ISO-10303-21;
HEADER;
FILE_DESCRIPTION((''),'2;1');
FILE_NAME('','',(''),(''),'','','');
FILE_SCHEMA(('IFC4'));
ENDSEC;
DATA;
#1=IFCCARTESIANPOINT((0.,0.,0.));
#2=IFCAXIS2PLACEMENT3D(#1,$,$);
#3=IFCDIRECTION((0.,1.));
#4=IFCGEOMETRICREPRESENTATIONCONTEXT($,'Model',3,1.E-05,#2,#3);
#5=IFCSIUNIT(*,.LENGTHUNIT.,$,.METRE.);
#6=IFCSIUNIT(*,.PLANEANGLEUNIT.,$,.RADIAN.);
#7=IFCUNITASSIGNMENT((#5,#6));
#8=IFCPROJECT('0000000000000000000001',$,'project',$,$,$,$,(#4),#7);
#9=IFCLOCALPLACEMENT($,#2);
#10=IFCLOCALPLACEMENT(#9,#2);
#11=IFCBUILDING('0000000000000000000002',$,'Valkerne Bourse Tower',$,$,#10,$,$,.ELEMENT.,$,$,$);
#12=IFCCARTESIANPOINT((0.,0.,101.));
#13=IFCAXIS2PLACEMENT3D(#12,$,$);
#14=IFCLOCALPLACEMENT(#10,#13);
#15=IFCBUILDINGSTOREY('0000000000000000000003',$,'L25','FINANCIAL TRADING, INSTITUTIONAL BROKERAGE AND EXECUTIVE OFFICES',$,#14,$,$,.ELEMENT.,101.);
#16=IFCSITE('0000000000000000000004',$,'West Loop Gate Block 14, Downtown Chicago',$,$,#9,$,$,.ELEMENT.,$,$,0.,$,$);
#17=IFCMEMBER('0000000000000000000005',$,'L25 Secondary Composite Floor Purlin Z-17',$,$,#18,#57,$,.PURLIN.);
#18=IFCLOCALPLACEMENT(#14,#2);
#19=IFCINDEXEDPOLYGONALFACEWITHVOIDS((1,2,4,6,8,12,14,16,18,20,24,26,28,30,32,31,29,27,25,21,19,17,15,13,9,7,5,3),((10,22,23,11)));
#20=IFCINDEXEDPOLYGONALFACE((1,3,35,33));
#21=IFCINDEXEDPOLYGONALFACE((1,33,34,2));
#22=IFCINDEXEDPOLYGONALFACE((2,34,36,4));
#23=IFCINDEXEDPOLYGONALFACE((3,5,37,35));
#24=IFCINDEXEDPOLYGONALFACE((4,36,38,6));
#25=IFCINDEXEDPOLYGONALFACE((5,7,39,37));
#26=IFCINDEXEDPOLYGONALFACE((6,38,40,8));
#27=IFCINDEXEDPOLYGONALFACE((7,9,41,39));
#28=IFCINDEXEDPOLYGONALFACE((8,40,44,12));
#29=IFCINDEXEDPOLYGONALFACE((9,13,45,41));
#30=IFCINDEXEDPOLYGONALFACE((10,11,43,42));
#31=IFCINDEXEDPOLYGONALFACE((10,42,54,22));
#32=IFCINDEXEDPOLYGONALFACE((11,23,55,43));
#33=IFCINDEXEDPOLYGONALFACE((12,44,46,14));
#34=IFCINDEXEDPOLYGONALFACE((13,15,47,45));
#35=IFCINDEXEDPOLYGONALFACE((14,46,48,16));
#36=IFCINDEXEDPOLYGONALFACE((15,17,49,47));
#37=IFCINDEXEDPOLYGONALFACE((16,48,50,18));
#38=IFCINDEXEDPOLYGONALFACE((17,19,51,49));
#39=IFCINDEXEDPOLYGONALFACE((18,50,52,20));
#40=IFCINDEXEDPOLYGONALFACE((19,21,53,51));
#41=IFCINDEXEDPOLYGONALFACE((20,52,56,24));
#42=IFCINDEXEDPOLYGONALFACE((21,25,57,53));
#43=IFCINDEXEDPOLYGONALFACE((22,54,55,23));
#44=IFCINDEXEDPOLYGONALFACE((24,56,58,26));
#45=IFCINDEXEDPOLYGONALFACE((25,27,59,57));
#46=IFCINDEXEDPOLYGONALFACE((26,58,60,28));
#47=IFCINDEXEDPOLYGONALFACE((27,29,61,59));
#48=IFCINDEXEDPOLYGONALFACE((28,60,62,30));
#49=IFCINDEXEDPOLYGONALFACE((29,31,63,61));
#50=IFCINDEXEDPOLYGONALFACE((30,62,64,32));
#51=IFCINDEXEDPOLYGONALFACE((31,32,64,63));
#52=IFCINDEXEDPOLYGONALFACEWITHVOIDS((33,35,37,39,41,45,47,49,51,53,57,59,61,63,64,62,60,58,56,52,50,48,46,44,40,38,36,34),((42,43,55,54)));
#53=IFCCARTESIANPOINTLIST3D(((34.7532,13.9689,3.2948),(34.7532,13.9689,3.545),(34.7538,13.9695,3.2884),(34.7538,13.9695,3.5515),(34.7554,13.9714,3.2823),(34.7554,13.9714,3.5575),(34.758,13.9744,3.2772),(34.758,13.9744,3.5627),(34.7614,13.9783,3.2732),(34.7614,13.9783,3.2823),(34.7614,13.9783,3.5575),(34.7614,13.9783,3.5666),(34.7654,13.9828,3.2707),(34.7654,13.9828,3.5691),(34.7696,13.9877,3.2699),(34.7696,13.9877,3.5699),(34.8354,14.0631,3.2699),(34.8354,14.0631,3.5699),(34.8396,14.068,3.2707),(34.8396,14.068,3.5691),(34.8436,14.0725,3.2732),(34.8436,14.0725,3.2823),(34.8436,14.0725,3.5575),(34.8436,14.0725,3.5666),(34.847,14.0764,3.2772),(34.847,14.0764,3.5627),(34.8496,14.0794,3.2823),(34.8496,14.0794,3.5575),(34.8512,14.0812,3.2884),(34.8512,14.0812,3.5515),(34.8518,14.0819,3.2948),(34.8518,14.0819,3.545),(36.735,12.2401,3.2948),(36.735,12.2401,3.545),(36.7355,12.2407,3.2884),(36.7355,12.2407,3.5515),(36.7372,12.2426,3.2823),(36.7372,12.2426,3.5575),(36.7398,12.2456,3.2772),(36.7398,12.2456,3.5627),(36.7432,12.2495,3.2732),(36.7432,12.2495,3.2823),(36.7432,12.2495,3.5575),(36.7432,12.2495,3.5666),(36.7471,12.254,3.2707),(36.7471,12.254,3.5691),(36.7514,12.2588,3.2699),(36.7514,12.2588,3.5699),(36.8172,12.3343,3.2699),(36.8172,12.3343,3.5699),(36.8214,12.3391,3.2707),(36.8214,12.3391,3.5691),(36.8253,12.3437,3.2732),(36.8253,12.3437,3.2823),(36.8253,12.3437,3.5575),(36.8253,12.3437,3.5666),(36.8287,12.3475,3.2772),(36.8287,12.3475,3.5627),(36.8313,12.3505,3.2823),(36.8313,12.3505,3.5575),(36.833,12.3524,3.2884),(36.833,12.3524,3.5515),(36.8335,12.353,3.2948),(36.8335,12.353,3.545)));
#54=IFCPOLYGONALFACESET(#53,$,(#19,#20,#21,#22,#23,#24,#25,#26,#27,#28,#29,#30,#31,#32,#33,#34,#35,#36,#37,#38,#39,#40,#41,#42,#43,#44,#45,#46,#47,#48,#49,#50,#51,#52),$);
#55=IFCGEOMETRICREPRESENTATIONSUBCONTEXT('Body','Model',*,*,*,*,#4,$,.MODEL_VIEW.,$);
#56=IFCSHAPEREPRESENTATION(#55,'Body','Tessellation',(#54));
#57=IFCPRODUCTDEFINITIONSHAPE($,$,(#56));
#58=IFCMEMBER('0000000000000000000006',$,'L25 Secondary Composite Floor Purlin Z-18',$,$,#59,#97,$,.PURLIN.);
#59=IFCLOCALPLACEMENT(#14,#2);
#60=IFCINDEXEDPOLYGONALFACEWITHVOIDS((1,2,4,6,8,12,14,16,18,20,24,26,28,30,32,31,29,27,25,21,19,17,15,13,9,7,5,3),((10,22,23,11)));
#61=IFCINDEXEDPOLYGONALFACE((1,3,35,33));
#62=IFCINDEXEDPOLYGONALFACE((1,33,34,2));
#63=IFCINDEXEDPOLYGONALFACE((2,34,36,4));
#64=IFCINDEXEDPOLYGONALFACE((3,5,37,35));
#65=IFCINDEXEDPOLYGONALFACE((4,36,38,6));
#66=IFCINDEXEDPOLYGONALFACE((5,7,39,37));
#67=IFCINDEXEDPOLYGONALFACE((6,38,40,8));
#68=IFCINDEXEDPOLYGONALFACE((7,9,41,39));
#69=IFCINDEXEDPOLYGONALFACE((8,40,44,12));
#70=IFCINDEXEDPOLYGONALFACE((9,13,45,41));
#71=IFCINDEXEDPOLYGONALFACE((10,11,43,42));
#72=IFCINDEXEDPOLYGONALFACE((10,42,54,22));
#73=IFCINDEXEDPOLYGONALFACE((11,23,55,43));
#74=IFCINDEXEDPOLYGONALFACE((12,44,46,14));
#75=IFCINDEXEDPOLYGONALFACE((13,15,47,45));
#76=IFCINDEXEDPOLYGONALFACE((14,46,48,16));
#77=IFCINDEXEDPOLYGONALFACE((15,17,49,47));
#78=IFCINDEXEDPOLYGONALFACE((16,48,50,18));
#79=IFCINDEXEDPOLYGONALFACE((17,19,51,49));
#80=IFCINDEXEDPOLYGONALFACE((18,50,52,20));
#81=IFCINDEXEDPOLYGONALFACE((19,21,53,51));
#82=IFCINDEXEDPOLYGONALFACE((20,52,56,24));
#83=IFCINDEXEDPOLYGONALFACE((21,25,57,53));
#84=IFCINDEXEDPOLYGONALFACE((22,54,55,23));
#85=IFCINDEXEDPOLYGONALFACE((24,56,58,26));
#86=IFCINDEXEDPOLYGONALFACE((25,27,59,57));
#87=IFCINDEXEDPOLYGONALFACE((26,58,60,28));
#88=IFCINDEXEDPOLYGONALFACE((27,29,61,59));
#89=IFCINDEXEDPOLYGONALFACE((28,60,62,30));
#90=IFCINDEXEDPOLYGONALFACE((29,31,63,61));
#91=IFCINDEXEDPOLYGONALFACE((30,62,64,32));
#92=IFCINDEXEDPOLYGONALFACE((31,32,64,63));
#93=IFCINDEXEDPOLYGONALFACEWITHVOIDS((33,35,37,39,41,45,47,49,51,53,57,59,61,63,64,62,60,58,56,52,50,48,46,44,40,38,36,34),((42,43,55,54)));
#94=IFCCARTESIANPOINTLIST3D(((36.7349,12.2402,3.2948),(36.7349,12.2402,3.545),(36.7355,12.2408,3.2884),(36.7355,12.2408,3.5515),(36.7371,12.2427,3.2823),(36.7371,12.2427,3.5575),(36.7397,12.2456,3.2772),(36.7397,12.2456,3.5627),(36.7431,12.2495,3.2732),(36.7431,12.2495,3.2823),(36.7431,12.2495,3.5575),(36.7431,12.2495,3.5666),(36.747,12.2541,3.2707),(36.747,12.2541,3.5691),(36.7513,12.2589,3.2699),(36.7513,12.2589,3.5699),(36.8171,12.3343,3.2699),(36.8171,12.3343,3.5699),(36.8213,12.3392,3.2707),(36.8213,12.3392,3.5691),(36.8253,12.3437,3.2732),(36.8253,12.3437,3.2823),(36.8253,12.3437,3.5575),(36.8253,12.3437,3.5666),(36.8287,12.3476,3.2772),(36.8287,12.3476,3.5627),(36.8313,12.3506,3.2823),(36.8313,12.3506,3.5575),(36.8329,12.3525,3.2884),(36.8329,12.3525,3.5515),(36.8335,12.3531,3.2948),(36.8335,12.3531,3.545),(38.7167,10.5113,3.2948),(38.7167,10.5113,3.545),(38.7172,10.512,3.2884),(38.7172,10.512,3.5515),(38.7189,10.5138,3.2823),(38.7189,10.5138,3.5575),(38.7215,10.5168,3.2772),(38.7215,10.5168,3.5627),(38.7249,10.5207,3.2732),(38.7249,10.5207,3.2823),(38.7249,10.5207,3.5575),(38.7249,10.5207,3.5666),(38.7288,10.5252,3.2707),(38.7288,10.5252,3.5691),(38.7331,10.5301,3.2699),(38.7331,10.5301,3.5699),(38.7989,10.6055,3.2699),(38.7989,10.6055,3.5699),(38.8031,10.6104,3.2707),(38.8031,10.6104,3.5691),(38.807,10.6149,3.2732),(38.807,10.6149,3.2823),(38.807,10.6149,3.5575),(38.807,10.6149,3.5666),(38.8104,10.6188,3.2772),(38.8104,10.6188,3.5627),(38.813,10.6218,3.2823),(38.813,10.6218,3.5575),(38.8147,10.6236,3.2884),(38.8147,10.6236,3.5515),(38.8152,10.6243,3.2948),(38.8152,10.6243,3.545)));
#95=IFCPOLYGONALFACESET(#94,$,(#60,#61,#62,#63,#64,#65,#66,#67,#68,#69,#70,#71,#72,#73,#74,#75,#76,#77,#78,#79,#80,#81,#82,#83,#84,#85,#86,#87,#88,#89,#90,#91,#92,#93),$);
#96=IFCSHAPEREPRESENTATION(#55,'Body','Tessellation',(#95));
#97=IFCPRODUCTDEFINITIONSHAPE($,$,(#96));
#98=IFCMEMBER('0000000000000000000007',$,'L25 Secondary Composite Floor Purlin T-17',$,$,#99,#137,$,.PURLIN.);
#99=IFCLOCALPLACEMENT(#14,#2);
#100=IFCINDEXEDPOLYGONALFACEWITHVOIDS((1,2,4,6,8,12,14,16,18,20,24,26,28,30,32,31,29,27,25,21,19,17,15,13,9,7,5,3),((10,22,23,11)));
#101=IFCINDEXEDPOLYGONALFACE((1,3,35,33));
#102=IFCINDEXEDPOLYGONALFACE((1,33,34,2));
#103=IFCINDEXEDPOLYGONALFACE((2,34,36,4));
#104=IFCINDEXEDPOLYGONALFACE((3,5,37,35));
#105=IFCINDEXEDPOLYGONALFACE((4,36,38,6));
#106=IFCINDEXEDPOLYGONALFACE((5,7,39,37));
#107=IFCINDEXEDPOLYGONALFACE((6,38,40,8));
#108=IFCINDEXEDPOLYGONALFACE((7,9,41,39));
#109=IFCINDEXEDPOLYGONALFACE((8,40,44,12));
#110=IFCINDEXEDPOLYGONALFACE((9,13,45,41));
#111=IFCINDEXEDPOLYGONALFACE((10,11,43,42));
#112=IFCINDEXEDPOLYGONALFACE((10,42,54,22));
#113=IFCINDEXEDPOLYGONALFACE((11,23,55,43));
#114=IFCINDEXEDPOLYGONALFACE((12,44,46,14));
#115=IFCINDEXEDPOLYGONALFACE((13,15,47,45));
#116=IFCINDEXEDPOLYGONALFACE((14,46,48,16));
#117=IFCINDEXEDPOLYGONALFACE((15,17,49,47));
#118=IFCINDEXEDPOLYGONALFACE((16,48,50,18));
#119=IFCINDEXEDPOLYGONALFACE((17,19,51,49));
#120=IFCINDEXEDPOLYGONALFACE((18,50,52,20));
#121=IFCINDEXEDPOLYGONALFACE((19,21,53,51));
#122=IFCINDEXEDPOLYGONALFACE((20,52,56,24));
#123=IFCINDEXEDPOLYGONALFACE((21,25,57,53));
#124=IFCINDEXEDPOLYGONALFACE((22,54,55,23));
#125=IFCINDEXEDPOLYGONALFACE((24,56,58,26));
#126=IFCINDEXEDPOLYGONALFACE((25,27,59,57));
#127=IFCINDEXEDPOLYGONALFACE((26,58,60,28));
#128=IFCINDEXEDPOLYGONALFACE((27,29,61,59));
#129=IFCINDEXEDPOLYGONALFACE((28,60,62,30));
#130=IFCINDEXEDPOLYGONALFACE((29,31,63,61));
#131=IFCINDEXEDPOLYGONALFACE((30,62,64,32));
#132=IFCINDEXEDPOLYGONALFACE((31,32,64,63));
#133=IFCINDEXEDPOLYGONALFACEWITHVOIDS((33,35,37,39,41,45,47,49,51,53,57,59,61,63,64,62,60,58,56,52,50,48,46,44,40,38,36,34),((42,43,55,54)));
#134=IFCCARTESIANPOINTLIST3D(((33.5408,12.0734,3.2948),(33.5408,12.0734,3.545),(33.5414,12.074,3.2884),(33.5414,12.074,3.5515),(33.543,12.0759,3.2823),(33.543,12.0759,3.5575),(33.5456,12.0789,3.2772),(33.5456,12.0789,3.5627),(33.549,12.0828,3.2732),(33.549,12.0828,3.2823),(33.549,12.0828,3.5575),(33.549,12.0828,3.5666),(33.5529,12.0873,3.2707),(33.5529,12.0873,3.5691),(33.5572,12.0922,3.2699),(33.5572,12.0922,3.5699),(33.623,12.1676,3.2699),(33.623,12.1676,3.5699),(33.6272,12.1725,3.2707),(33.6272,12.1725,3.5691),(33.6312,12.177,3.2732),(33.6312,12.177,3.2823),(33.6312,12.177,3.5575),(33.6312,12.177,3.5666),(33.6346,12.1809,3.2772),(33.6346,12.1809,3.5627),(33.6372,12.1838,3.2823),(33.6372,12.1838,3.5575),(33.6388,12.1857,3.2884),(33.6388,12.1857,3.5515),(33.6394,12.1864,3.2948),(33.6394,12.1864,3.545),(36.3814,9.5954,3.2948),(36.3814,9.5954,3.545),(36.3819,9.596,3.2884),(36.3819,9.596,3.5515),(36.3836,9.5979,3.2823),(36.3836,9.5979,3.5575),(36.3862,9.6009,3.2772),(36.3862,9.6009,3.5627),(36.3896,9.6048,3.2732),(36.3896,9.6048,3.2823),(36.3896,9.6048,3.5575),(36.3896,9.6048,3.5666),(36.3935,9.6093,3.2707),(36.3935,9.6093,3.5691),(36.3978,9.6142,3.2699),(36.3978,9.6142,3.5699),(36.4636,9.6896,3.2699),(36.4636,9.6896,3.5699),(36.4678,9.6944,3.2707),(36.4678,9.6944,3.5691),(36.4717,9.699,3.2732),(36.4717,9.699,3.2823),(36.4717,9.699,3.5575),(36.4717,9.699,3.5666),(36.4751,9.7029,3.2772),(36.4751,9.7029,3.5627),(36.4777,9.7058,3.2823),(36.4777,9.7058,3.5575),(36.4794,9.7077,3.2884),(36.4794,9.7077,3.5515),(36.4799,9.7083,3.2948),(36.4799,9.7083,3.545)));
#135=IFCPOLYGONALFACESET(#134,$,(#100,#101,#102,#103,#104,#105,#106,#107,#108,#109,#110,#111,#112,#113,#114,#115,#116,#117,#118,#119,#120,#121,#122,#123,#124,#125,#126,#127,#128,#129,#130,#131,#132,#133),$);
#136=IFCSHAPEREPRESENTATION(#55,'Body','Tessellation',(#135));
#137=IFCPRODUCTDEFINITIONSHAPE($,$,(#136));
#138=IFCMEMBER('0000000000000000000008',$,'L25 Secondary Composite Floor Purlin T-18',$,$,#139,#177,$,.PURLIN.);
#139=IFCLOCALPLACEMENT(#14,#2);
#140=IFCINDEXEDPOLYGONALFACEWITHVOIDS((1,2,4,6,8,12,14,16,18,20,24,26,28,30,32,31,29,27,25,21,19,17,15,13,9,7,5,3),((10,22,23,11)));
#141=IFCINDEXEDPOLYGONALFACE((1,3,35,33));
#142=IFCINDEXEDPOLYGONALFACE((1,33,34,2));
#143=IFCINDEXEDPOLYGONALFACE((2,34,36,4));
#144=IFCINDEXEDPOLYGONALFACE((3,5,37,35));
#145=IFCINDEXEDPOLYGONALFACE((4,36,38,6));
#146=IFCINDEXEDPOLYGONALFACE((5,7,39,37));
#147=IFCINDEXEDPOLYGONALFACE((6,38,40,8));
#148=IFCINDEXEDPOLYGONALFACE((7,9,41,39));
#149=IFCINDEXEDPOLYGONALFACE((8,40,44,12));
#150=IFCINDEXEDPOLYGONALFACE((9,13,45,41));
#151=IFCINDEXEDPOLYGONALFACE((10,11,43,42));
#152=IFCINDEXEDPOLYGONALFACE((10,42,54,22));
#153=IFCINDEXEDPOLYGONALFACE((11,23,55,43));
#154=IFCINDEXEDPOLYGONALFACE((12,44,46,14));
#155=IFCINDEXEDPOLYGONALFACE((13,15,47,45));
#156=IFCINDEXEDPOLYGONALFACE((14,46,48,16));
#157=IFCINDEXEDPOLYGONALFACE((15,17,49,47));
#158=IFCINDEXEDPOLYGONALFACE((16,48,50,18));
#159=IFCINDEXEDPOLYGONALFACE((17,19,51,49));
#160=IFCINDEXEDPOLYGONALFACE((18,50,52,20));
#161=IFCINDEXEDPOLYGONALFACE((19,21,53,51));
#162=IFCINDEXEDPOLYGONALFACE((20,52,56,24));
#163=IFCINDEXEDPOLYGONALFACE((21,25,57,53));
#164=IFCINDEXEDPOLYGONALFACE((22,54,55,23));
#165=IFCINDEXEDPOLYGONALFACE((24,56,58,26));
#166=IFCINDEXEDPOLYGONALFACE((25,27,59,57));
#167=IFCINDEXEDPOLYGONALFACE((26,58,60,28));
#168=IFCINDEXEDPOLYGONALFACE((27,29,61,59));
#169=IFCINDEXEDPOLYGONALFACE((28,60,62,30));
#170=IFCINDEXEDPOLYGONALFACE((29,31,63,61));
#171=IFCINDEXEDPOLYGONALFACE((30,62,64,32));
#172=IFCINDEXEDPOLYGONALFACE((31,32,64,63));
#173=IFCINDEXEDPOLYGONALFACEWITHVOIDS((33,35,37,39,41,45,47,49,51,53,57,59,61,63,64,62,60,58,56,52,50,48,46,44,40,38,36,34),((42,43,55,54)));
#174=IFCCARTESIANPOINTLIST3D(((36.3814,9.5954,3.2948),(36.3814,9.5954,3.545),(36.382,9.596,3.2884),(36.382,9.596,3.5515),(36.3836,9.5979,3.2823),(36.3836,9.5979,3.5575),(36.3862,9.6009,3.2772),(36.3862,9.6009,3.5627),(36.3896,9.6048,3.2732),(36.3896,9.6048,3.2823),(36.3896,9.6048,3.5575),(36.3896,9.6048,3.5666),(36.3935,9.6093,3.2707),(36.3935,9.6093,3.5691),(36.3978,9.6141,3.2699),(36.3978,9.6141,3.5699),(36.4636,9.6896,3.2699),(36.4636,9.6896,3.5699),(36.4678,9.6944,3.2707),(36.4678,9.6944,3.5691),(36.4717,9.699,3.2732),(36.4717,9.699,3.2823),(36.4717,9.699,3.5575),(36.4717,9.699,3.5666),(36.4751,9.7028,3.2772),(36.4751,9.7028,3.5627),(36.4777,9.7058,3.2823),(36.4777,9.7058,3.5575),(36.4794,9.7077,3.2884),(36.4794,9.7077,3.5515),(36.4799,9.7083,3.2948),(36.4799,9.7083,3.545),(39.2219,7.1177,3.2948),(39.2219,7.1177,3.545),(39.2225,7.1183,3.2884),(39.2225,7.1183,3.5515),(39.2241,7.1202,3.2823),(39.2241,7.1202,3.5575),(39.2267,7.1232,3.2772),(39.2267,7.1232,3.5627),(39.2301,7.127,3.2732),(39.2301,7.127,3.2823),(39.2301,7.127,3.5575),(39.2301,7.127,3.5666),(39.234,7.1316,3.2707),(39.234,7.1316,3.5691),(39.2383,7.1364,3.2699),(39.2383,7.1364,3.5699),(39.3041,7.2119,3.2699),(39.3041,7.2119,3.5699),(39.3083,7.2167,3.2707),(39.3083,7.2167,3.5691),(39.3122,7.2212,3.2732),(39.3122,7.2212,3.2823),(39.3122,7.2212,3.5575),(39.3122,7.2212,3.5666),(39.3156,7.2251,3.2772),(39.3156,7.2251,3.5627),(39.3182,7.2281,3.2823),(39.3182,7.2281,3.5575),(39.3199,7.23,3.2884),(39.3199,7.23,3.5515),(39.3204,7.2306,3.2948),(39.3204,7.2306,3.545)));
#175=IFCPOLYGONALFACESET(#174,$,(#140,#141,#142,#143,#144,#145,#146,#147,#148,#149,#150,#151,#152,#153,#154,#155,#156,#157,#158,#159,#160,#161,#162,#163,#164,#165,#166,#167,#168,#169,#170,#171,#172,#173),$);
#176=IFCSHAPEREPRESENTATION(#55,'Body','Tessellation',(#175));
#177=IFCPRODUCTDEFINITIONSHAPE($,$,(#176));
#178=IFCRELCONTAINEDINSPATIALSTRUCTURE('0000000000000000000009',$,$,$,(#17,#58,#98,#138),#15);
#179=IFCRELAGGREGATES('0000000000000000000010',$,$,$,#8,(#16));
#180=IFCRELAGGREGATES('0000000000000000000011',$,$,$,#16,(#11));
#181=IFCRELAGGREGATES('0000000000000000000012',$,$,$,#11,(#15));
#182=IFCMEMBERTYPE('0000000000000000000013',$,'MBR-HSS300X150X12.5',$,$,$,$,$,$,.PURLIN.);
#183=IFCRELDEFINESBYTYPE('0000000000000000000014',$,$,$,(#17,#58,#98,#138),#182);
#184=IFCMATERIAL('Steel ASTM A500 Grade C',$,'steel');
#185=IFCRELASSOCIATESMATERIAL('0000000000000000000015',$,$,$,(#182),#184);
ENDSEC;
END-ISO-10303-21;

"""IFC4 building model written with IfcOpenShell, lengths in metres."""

from ifc_helpers import new_model, si_unit, direction, frame, origin, origin_2d, place, context, subcontext, project, spatial, hollow_rectangle, extrude, material, material_profile, profile_set, type_object, element, save


model = new_model("IFC4")

# Units and contexts
model_context = context("Model", 3, precision=1e-05, world=origin(), true_north=direction((0.0, 1.0)))
body_context = subcontext(model_context, "Body", "Model", "MODEL_VIEW")
ifc_project = project(units=[si_unit("LENGTHUNIT", "METRE"), si_unit("PLANEANGLEUNIT", "RADIAN")], contexts=[model_context])

# Site, building, storey
site_placement = place(None, origin())
site = spatial("IfcSite", under=ifc_project, at=site_placement, Name="West Loop Gate Block 14, Downtown Chicago", CompositionType="ELEMENT", RefElevation=0.0)
building_placement = place(site_placement, origin())
building = spatial("IfcBuilding", under=site, at=building_placement, Name="Valkerne Bourse Tower", CompositionType="ELEMENT")
storey_placement = place(building_placement, frame((0.0, 0.0, 101.0)))
storey = spatial("IfcBuildingStorey", under=building, at=storey_placement, Name="L25", Description="FINANCIAL TRADING, INSTITUTIONAL BROKERAGE AND EXECUTIVE OFFICES", CompositionType="ELEMENT", Elevation=101.0)

# Members
ifc_material_1 = material(Name="Steel ASTM A500 Grade C", Category="steel")
ifc_material_profile_1 = material_profile(ifc_material_1, hollow_rectangle(XDim=0.1499, YDim=0.3, WallThickness=0.0125, OuterFilletRadius=0.0249, at=origin_2d()), Name="HSS300X150X12.5")
ifc_profile_set_1 = profile_set([ifc_material_profile_1], Name="Steel ASTM A500 Grade C")
member_type_1 = type_object("IfcMemberType", Name="MBR-HSS300X150X12.5", PredefinedType="PURLIN", material=ifc_profile_set_1)
for number, where, z_axis, x_axis, name in (
    (1, (34.8025, 14.0254, 3.4199), (0.753559, -0.65738, 0.0), (0.65738, 0.753559, 0.0), "L25 Secondary Composite Floor Purlin Z-17"),
    (2, (36.7842, 12.2966, 3.4199), (0.753559, -0.65738, 0.0), (0.65738, 0.753559, 0.0), "L25 Secondary Composite Floor Purlin Z-18"),
):
    element("IfcMember", number, at=place(storey_placement, frame(where, z_axis=z_axis, x_axis=x_axis)), inside=storey, type_object=member_type_1, Name=name, PredefinedType="PURLIN", context=body_context, shape_type="SweptSolid", body=[
        extrude(hollow_rectangle(XDim=0.1499, YDim=0.3, WallThickness=0.0125, OuterFilletRadius=0.0249, at=origin_2d()), origin(), (0.0, 0.0, 1.0), 2.6299),
    ])
member_1_placement = place(storey_placement, frame((33.5901, 12.1299, 3.4199), z_axis=(0.753559, -0.65738, 0.0), x_axis=(0.65738, 0.753559, 0.0)))
element("IfcMember", 3, at=member_1_placement, inside=storey, type_object=member_type_1, Name="L25 Secondary Composite Floor Purlin T-17", PredefinedType="PURLIN", context=body_context, shape_type="SweptSolid", body=[
    extrude(hollow_rectangle(XDim=0.1499, YDim=0.3, WallThickness=0.0125, OuterFilletRadius=0.0249, at=origin_2d()), origin(), (0.0, 0.0, 1.0), 3.7695),
])
member_2_placement = place(storey_placement, frame((36.4307, 9.6519, 3.4199), z_axis=(0.753591, -0.657344, 0.0), x_axis=(0.657344, 0.753591, 0.0)))
element("IfcMember", 4, at=member_2_placement, inside=storey, type_object=member_type_1, Name="L25 Secondary Composite Floor Purlin T-18", PredefinedType="PURLIN", context=body_context, shape_type="SweptSolid", body=[
    extrude(hollow_rectangle(XDim=0.1499, YDim=0.3, WallThickness=0.0125, OuterFilletRadius=0.0249, at=origin_2d()), origin(), (0.0, 0.0, 1.0), 3.7693),
])

save(model, "model.ifc")
